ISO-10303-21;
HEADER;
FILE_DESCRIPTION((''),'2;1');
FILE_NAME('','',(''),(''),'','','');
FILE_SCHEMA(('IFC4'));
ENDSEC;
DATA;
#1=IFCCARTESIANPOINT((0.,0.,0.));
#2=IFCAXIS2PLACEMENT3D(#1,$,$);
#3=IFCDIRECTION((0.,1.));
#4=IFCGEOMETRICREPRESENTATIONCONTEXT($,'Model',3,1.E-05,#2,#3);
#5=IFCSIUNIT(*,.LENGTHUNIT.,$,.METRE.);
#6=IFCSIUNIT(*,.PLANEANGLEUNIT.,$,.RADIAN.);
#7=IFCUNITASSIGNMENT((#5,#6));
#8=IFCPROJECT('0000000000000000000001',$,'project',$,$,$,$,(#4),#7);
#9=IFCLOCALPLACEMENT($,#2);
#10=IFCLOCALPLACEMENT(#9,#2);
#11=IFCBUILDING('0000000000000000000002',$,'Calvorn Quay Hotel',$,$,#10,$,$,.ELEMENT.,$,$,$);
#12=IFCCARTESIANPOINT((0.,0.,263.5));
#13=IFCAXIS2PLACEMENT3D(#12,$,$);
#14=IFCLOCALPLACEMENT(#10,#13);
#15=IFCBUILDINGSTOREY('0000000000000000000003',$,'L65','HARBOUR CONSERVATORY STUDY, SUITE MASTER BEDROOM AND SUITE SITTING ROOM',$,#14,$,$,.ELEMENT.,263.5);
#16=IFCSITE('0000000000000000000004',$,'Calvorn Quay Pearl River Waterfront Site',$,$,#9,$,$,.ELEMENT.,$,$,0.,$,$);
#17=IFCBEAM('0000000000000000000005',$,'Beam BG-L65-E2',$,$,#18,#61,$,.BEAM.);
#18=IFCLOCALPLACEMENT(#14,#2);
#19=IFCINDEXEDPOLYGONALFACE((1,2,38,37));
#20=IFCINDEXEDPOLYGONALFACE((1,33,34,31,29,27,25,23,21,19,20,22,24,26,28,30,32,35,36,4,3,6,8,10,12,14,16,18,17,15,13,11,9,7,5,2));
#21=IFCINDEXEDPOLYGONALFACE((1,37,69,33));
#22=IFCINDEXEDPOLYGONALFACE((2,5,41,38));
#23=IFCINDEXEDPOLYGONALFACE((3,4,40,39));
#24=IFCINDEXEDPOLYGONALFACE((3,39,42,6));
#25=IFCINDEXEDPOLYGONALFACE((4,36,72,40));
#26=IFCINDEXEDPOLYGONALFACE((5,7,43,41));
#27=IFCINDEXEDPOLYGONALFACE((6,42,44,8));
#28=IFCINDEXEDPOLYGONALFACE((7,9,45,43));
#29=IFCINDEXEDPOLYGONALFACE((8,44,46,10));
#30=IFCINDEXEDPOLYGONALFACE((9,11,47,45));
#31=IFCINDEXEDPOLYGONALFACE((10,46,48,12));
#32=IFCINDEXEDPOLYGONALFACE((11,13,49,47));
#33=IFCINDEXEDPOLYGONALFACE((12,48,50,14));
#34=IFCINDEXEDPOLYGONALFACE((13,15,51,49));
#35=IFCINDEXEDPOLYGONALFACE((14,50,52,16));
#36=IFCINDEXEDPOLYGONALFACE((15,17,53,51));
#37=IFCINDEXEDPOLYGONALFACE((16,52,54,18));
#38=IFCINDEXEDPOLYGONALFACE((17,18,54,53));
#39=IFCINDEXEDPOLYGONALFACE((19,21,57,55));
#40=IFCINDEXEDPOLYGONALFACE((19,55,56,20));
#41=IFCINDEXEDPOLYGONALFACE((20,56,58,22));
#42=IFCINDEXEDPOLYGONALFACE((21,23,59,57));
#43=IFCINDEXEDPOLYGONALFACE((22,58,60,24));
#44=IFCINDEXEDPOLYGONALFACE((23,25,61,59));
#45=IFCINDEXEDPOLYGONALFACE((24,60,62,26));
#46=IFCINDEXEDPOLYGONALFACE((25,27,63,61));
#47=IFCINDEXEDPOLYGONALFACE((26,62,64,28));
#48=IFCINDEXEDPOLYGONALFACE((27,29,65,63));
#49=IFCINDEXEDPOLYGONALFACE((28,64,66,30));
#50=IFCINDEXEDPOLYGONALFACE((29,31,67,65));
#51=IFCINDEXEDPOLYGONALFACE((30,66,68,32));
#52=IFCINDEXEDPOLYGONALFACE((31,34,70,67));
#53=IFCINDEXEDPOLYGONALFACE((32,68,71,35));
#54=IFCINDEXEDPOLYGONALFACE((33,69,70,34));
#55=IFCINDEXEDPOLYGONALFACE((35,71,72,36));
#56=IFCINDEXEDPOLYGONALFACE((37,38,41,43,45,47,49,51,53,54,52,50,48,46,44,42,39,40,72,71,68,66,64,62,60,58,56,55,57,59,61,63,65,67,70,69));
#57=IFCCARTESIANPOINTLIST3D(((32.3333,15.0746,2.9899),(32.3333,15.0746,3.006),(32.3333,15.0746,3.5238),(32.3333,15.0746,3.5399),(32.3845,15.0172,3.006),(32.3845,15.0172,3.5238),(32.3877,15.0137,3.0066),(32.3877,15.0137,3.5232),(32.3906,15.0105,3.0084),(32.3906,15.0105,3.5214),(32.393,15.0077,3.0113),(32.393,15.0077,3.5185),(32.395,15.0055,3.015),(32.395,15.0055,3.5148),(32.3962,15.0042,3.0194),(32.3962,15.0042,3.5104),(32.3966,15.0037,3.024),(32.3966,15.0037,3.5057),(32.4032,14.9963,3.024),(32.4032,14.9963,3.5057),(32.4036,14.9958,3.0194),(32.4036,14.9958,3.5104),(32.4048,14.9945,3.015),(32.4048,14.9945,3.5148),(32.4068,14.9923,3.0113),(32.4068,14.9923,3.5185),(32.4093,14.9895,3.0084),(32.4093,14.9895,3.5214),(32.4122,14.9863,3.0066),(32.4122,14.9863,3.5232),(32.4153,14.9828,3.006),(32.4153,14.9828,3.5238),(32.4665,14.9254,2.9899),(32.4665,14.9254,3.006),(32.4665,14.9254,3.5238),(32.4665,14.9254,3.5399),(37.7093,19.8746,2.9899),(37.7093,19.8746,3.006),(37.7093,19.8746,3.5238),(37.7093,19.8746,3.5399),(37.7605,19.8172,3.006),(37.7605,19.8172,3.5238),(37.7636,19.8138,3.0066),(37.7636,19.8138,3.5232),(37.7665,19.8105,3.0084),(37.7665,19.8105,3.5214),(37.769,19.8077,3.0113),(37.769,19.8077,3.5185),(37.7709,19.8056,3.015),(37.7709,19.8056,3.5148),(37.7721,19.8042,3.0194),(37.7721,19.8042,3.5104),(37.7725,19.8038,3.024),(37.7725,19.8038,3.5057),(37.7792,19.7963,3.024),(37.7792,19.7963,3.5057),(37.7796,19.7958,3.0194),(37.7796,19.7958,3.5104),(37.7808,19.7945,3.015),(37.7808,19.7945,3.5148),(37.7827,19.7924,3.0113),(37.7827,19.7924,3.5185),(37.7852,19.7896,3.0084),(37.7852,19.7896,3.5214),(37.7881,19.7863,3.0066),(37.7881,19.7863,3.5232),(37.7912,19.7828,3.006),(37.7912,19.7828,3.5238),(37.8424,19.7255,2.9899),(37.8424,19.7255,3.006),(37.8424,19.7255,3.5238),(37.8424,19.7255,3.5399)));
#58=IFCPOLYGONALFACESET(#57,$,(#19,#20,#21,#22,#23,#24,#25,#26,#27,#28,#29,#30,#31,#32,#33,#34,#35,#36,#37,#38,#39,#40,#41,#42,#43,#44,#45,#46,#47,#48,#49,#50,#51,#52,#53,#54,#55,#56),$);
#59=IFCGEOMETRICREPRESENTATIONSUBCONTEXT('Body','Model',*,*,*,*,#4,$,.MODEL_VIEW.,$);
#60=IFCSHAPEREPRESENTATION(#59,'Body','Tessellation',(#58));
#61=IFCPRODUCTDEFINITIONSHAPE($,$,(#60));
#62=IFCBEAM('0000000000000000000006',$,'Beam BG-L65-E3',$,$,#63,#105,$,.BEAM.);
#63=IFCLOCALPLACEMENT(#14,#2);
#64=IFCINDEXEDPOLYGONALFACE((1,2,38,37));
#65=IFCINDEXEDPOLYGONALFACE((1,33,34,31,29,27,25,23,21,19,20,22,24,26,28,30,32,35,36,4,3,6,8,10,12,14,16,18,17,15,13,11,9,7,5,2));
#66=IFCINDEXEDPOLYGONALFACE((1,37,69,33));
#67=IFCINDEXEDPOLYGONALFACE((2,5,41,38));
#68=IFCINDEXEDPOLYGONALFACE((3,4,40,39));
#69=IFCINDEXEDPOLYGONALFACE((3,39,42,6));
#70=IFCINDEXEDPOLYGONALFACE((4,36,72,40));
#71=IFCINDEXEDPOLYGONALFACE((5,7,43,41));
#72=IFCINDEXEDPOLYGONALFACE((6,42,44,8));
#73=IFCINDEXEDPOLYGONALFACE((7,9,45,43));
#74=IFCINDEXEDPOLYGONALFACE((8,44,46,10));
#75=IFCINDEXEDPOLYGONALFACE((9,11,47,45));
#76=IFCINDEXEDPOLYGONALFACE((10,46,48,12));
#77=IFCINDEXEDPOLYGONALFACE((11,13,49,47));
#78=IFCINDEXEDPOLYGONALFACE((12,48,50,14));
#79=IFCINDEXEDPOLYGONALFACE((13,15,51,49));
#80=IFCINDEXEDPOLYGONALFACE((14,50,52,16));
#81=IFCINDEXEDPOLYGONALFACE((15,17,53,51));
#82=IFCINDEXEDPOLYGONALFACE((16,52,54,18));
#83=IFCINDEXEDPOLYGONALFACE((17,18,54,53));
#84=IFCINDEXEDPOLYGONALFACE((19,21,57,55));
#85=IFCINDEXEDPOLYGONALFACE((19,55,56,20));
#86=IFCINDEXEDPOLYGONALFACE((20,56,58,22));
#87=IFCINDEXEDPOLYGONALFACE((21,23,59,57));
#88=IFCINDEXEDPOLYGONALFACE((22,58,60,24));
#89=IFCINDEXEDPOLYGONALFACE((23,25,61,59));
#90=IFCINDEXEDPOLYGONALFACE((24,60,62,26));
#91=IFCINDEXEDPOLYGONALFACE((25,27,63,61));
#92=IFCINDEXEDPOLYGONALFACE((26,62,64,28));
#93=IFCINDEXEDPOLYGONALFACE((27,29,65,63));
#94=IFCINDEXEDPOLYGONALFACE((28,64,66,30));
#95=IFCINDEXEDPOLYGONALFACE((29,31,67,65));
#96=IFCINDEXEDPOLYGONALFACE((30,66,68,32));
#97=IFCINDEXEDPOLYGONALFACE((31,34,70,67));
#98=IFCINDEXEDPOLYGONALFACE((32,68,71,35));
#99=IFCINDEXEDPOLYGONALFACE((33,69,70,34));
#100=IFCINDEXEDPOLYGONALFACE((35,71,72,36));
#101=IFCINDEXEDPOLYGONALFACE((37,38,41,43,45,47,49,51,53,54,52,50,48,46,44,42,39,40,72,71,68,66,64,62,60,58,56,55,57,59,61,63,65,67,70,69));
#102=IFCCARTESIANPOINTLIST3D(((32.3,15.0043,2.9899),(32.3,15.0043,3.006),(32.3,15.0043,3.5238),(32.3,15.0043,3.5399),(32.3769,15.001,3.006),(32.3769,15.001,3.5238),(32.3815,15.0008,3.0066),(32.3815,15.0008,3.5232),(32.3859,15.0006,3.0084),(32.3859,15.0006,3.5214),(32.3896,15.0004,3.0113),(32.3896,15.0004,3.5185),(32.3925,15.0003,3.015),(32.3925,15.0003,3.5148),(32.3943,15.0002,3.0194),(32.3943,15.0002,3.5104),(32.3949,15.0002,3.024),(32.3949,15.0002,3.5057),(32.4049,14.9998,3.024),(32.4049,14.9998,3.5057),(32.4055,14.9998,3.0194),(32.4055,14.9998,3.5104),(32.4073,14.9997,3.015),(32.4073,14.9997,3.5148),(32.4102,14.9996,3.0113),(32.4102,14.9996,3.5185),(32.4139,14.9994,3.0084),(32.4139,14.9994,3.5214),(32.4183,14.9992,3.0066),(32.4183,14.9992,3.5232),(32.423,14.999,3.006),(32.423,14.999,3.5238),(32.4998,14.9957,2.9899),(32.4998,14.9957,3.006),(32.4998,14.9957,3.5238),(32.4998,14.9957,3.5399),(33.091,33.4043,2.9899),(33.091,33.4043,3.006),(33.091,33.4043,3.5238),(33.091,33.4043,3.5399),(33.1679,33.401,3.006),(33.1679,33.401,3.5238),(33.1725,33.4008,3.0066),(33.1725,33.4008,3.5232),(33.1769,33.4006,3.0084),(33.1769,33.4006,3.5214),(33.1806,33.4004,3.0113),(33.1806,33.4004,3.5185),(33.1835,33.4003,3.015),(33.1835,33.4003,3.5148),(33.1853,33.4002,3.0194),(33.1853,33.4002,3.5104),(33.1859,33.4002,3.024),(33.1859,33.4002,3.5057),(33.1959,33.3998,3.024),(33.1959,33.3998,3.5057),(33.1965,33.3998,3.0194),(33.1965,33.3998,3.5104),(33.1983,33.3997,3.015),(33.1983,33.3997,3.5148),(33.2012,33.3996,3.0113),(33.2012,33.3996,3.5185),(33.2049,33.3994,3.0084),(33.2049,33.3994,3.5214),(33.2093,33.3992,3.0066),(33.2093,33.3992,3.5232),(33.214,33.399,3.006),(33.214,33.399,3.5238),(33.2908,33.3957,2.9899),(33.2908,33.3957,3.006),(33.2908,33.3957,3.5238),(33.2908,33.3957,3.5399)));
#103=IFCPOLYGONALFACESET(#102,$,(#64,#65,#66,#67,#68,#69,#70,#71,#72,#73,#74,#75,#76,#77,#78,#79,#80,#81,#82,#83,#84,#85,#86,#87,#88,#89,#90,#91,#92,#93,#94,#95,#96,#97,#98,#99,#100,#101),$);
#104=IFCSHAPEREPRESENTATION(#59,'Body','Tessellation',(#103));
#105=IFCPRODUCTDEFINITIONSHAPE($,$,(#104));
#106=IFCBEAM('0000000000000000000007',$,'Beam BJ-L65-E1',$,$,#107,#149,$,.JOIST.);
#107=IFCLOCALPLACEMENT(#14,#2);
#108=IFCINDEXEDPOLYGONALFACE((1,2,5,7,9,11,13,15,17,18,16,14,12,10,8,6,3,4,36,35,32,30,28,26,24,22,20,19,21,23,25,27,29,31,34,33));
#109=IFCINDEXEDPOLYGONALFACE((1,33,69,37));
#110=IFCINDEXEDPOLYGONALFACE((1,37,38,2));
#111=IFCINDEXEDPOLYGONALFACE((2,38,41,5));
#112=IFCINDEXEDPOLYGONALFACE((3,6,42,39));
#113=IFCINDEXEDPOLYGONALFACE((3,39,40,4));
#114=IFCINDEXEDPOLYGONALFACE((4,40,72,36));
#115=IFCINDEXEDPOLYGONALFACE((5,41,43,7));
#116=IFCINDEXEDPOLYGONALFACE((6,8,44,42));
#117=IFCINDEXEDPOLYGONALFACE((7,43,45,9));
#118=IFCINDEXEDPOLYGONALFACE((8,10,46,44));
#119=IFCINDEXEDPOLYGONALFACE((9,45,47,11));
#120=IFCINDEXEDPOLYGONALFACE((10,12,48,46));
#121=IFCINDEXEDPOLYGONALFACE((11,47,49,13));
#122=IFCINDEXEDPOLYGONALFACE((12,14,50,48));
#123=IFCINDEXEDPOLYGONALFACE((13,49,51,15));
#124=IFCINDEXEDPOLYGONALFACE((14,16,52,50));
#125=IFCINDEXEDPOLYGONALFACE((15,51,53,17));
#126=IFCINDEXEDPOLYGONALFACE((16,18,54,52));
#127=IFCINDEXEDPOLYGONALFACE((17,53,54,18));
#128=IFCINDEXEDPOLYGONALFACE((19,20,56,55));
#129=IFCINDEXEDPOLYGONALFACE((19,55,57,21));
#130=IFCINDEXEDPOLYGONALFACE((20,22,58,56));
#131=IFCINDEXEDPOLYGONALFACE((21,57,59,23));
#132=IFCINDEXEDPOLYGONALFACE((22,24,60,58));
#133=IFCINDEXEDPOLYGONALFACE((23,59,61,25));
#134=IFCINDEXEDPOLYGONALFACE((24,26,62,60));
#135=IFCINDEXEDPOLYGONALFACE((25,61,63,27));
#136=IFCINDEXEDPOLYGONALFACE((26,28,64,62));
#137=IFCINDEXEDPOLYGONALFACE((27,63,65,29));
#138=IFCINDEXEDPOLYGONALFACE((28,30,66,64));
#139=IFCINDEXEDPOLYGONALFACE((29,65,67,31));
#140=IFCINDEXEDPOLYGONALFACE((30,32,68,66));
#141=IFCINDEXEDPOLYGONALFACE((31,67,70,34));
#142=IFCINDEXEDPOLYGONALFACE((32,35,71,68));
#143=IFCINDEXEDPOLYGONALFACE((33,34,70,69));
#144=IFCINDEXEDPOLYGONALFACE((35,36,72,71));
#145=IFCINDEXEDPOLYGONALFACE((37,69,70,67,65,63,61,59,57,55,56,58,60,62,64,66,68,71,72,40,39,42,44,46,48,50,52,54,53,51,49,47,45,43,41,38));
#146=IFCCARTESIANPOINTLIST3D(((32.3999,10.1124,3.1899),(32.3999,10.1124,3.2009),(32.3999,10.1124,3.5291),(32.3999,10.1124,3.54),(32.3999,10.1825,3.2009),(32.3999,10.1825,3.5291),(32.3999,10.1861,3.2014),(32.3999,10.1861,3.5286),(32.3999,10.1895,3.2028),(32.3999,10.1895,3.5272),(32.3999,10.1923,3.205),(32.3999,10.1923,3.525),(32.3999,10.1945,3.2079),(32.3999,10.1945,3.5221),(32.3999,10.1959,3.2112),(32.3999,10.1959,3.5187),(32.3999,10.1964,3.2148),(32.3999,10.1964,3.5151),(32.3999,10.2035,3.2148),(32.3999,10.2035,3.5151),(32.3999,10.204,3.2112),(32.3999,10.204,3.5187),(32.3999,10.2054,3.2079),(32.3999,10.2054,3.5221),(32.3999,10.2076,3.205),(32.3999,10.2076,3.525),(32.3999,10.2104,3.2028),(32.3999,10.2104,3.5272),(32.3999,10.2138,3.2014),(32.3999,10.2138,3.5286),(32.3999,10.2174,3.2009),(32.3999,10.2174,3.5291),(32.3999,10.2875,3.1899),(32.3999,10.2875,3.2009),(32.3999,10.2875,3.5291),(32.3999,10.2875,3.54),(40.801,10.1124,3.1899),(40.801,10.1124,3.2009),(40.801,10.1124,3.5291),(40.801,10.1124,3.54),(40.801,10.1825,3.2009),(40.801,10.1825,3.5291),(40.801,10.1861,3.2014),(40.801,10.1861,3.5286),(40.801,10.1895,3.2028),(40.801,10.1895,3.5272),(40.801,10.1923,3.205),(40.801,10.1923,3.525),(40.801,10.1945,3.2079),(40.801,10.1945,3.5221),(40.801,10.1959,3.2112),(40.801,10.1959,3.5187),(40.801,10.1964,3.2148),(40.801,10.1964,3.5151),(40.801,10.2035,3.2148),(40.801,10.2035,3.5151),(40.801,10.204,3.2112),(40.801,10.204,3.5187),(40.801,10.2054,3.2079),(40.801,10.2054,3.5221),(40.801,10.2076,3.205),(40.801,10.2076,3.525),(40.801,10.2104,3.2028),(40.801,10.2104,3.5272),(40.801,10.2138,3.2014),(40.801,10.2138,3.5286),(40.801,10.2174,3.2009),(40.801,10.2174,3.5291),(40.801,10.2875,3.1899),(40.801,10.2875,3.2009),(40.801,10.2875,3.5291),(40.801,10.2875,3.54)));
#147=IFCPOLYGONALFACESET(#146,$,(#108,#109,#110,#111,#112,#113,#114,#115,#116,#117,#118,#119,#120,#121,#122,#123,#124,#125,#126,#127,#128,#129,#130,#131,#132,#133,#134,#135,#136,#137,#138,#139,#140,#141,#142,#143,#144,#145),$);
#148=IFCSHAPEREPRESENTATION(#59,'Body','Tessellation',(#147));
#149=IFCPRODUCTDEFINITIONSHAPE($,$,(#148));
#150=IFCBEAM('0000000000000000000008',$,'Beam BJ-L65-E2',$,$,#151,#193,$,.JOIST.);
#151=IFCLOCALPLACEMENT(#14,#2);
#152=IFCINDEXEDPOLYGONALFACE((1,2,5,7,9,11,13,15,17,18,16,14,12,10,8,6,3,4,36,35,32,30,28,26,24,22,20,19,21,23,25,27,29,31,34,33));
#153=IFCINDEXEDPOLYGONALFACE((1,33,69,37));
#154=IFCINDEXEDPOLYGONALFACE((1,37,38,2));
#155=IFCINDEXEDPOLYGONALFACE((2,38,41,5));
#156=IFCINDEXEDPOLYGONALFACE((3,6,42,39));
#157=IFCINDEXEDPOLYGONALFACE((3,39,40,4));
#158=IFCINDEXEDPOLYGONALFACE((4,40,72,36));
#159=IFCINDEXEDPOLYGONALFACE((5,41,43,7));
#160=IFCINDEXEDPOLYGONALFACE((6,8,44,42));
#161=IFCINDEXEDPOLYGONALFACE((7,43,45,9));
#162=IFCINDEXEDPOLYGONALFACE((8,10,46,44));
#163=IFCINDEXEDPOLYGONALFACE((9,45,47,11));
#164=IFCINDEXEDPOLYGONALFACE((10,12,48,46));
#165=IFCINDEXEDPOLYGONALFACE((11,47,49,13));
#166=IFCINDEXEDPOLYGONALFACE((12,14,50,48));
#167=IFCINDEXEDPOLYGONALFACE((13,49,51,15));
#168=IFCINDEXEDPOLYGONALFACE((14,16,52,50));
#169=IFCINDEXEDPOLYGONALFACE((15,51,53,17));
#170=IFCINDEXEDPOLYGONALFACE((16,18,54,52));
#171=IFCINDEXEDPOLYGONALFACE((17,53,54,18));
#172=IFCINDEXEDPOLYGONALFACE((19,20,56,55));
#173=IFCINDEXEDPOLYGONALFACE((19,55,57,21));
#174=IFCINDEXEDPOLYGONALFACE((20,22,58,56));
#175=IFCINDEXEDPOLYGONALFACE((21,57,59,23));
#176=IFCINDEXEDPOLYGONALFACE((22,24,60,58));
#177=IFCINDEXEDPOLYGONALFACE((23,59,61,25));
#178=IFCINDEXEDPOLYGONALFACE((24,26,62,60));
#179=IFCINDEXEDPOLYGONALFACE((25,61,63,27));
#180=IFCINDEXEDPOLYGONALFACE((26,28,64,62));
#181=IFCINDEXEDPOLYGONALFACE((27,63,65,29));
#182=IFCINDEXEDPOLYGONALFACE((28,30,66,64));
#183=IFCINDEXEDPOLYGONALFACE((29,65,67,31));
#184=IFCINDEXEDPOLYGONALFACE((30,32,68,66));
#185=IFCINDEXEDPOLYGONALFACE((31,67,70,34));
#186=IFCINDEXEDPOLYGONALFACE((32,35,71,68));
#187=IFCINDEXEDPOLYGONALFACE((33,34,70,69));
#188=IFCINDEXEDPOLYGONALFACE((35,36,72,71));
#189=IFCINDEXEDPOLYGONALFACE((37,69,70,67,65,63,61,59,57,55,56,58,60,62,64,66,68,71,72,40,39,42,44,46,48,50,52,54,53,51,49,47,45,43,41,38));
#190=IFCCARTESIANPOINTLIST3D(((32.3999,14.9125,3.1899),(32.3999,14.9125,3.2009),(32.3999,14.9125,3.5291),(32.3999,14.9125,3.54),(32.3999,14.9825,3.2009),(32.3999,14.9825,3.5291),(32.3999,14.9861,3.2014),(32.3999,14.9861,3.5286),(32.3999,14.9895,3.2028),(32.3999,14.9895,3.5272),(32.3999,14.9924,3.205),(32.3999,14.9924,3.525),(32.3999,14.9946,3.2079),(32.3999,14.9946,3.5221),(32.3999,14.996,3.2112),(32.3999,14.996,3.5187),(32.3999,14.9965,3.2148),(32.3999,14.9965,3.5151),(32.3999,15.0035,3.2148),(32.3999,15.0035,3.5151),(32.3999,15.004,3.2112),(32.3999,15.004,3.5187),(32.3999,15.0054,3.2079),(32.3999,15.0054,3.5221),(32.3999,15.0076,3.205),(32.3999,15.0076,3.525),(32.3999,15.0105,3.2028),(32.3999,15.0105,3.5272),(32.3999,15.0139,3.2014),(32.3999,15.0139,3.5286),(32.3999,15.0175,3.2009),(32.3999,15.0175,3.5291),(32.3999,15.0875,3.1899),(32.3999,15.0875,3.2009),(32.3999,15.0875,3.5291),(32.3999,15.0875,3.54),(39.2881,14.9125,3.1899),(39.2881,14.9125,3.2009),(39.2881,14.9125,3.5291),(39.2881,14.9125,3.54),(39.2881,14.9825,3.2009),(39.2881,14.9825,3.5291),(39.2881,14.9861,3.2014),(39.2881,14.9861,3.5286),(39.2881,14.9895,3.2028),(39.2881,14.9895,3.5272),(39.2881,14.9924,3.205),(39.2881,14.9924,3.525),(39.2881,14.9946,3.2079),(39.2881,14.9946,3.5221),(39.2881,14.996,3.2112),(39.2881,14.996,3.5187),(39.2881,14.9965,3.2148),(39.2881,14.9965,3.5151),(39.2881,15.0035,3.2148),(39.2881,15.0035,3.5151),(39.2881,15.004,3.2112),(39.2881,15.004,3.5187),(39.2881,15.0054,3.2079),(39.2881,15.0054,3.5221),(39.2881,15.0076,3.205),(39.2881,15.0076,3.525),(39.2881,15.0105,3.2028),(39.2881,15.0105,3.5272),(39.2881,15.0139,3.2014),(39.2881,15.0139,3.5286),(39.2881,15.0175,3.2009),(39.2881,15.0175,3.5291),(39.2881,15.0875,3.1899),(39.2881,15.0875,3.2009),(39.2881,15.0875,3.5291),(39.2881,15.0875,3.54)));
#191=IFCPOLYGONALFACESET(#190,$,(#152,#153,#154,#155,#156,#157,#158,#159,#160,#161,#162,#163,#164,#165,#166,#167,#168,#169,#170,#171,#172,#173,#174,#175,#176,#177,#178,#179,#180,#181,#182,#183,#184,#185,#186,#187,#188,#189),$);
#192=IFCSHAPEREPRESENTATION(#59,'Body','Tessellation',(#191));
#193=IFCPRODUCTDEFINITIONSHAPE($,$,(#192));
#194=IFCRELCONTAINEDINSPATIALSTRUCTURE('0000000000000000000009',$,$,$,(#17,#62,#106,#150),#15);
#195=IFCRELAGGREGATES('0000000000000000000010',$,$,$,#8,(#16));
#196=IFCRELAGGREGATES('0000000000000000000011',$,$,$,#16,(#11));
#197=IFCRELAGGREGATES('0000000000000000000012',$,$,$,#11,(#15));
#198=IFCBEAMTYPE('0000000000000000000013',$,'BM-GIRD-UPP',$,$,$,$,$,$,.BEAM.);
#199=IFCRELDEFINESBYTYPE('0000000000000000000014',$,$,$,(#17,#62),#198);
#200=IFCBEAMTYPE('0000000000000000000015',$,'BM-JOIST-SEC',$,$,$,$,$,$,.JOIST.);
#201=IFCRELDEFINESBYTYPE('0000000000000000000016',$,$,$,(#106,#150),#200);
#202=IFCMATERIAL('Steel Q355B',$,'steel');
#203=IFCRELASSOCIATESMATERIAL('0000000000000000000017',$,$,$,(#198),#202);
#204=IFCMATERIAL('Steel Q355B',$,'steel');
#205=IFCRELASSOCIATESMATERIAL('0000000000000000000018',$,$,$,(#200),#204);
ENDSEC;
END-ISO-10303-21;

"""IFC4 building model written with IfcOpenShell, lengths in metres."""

from ifc_helpers import new_model, si_unit, direction, frame, origin, origin_2d, place, context, subcontext, project, spatial, i_section, extrude, material, material_profile, profile_set, type_object, element, save


model = new_model("IFC4")

# Units and contexts
model_context = context("Model", 3, precision=1e-05, world=origin(), true_north=direction((0.0, 1.0)))
body_context = subcontext(model_context, "Body", "Model", "MODEL_VIEW")
ifc_project = project(units=[si_unit("LENGTHUNIT", "METRE"), si_unit("PLANEANGLEUNIT", "RADIAN")], contexts=[model_context])

# Site, building, storey
site_placement = place(None, origin())
site = spatial("IfcSite", under=ifc_project, at=site_placement, Name="Calvorn Quay Pearl River Waterfront Site", CompositionType="ELEMENT", RefElevation=0.0)
building_placement = place(site_placement, origin())
building = spatial("IfcBuilding", under=site, at=building_placement, Name="Calvorn Quay Hotel", CompositionType="ELEMENT")
storey_placement = place(building_placement, frame((0.0, 0.0, 263.5)))
storey = spatial("IfcBuildingStorey", under=building, at=storey_placement, Name="L65", Description="HARBOUR CONSERVATORY STUDY, SUITE MASTER BEDROOM AND SUITE SITTING ROOM", CompositionType="ELEMENT", Elevation=263.5)

# Beams
ifc_material_1 = material(Name="Steel Q355B", Category="steel")
ifc_material_profile_1 = material_profile(ifc_material_1, i_section(OverallWidth=0.2, OverallDepth=0.55, WebThickness=0.01, FlangeThickness=0.0161, FilletRadius=0.0181, at=origin_2d()), Name="HN550x200x10x16")
ifc_profile_set_1 = profile_set([ifc_material_profile_1], Name="Steel Q355B")
beam_type_1 = type_object("IfcBeamType", Name="BM-GIRD-UPP", PredefinedType="BEAM", material=ifc_profile_set_1)
beam_1_placement = place(storey_placement, frame((32.3999, 15.0, 3.2649), z_axis=(0.745933, 0.666021, 0.0), x_axis=(-0.666021, 0.745933, 0.0)))
element("IfcBeam", 1, at=beam_1_placement, inside=storey, type_object=beam_type_1, Name="Beam BG-L65-E2", PredefinedType="BEAM", context=body_context, shape_type="SweptSolid", body=[
    extrude(i_section(OverallWidth=0.2, OverallDepth=0.55, WebThickness=0.01, FlangeThickness=0.0161, FilletRadius=0.0181, at=origin_2d()), origin(), (0.0, 0.0, 1.0), 7.207),
])
beam_2_placement = place(storey_placement, frame((32.3999, 15.0, 3.2649), z_axis=(0.042951, 0.999077, 0.0), x_axis=(-0.999077, 0.042951, 0.0)))
element("IfcBeam", 2, at=beam_2_placement, inside=storey, type_object=beam_type_1, Name="Beam BG-L65-E3", PredefinedType="BEAM", context=body_context, shape_type="SweptSolid", body=[
    extrude(i_section(OverallWidth=0.2, OverallDepth=0.55, WebThickness=0.01, FlangeThickness=0.0161, FilletRadius=0.0181, at=origin_2d()), origin(), (0.0, 0.0, 1.0), 18.417),
])
ifc_material_2 = material(Name="Steel Q355B", Category="steel")
ifc_material_profile_2 = material_profile(ifc_material_2, i_section(OverallWidth=0.175, OverallDepth=0.3501, WebThickness=0.0071, FlangeThickness=0.011, FilletRadius=0.0139, at=origin_2d()), Name="HN350x175x7x11")
ifc_profile_set_2 = profile_set([ifc_material_profile_2], Name="Steel Q355B")
beam_type_2 = type_object("IfcBeamType", Name="BM-JOIST-SEC", PredefinedType="JOIST", material=ifc_profile_set_2)
beam_3_placement = place(storey_placement, frame((32.3999, 10.2, 3.365), z_axis=(1.0, 0.0, 0.0), x_axis=(0.0, 1.0, 0.0)))
element("IfcBeam", 3, at=beam_3_placement, inside=storey, type_object=beam_type_2, Name="Beam BJ-L65-E1", PredefinedType="JOIST", context=body_context, shape_type="SweptSolid", body=[
    extrude(i_section(OverallWidth=0.175, OverallDepth=0.3501, WebThickness=0.0071, FlangeThickness=0.011, FilletRadius=0.0139, at=origin_2d()), origin(), (0.0, 0.0, 1.0), 8.4011),
])
beam_4_placement = place(storey_placement, frame((32.3999, 15.0, 3.365), z_axis=(1.0, 0.0, 0.0), x_axis=(0.0, 1.0, 0.0)))
element("IfcBeam", 4, at=beam_4_placement, inside=storey, type_object=beam_type_2, Name="Beam BJ-L65-E2", PredefinedType="JOIST", context=body_context, shape_type="SweptSolid", body=[
    extrude(i_section(OverallWidth=0.175, OverallDepth=0.3501, WebThickness=0.0071, FlangeThickness=0.011, FilletRadius=0.0139, at=origin_2d()), origin(), (0.0, 0.0, 1.0), 6.8882),
])

save(model, "model.ifc")
